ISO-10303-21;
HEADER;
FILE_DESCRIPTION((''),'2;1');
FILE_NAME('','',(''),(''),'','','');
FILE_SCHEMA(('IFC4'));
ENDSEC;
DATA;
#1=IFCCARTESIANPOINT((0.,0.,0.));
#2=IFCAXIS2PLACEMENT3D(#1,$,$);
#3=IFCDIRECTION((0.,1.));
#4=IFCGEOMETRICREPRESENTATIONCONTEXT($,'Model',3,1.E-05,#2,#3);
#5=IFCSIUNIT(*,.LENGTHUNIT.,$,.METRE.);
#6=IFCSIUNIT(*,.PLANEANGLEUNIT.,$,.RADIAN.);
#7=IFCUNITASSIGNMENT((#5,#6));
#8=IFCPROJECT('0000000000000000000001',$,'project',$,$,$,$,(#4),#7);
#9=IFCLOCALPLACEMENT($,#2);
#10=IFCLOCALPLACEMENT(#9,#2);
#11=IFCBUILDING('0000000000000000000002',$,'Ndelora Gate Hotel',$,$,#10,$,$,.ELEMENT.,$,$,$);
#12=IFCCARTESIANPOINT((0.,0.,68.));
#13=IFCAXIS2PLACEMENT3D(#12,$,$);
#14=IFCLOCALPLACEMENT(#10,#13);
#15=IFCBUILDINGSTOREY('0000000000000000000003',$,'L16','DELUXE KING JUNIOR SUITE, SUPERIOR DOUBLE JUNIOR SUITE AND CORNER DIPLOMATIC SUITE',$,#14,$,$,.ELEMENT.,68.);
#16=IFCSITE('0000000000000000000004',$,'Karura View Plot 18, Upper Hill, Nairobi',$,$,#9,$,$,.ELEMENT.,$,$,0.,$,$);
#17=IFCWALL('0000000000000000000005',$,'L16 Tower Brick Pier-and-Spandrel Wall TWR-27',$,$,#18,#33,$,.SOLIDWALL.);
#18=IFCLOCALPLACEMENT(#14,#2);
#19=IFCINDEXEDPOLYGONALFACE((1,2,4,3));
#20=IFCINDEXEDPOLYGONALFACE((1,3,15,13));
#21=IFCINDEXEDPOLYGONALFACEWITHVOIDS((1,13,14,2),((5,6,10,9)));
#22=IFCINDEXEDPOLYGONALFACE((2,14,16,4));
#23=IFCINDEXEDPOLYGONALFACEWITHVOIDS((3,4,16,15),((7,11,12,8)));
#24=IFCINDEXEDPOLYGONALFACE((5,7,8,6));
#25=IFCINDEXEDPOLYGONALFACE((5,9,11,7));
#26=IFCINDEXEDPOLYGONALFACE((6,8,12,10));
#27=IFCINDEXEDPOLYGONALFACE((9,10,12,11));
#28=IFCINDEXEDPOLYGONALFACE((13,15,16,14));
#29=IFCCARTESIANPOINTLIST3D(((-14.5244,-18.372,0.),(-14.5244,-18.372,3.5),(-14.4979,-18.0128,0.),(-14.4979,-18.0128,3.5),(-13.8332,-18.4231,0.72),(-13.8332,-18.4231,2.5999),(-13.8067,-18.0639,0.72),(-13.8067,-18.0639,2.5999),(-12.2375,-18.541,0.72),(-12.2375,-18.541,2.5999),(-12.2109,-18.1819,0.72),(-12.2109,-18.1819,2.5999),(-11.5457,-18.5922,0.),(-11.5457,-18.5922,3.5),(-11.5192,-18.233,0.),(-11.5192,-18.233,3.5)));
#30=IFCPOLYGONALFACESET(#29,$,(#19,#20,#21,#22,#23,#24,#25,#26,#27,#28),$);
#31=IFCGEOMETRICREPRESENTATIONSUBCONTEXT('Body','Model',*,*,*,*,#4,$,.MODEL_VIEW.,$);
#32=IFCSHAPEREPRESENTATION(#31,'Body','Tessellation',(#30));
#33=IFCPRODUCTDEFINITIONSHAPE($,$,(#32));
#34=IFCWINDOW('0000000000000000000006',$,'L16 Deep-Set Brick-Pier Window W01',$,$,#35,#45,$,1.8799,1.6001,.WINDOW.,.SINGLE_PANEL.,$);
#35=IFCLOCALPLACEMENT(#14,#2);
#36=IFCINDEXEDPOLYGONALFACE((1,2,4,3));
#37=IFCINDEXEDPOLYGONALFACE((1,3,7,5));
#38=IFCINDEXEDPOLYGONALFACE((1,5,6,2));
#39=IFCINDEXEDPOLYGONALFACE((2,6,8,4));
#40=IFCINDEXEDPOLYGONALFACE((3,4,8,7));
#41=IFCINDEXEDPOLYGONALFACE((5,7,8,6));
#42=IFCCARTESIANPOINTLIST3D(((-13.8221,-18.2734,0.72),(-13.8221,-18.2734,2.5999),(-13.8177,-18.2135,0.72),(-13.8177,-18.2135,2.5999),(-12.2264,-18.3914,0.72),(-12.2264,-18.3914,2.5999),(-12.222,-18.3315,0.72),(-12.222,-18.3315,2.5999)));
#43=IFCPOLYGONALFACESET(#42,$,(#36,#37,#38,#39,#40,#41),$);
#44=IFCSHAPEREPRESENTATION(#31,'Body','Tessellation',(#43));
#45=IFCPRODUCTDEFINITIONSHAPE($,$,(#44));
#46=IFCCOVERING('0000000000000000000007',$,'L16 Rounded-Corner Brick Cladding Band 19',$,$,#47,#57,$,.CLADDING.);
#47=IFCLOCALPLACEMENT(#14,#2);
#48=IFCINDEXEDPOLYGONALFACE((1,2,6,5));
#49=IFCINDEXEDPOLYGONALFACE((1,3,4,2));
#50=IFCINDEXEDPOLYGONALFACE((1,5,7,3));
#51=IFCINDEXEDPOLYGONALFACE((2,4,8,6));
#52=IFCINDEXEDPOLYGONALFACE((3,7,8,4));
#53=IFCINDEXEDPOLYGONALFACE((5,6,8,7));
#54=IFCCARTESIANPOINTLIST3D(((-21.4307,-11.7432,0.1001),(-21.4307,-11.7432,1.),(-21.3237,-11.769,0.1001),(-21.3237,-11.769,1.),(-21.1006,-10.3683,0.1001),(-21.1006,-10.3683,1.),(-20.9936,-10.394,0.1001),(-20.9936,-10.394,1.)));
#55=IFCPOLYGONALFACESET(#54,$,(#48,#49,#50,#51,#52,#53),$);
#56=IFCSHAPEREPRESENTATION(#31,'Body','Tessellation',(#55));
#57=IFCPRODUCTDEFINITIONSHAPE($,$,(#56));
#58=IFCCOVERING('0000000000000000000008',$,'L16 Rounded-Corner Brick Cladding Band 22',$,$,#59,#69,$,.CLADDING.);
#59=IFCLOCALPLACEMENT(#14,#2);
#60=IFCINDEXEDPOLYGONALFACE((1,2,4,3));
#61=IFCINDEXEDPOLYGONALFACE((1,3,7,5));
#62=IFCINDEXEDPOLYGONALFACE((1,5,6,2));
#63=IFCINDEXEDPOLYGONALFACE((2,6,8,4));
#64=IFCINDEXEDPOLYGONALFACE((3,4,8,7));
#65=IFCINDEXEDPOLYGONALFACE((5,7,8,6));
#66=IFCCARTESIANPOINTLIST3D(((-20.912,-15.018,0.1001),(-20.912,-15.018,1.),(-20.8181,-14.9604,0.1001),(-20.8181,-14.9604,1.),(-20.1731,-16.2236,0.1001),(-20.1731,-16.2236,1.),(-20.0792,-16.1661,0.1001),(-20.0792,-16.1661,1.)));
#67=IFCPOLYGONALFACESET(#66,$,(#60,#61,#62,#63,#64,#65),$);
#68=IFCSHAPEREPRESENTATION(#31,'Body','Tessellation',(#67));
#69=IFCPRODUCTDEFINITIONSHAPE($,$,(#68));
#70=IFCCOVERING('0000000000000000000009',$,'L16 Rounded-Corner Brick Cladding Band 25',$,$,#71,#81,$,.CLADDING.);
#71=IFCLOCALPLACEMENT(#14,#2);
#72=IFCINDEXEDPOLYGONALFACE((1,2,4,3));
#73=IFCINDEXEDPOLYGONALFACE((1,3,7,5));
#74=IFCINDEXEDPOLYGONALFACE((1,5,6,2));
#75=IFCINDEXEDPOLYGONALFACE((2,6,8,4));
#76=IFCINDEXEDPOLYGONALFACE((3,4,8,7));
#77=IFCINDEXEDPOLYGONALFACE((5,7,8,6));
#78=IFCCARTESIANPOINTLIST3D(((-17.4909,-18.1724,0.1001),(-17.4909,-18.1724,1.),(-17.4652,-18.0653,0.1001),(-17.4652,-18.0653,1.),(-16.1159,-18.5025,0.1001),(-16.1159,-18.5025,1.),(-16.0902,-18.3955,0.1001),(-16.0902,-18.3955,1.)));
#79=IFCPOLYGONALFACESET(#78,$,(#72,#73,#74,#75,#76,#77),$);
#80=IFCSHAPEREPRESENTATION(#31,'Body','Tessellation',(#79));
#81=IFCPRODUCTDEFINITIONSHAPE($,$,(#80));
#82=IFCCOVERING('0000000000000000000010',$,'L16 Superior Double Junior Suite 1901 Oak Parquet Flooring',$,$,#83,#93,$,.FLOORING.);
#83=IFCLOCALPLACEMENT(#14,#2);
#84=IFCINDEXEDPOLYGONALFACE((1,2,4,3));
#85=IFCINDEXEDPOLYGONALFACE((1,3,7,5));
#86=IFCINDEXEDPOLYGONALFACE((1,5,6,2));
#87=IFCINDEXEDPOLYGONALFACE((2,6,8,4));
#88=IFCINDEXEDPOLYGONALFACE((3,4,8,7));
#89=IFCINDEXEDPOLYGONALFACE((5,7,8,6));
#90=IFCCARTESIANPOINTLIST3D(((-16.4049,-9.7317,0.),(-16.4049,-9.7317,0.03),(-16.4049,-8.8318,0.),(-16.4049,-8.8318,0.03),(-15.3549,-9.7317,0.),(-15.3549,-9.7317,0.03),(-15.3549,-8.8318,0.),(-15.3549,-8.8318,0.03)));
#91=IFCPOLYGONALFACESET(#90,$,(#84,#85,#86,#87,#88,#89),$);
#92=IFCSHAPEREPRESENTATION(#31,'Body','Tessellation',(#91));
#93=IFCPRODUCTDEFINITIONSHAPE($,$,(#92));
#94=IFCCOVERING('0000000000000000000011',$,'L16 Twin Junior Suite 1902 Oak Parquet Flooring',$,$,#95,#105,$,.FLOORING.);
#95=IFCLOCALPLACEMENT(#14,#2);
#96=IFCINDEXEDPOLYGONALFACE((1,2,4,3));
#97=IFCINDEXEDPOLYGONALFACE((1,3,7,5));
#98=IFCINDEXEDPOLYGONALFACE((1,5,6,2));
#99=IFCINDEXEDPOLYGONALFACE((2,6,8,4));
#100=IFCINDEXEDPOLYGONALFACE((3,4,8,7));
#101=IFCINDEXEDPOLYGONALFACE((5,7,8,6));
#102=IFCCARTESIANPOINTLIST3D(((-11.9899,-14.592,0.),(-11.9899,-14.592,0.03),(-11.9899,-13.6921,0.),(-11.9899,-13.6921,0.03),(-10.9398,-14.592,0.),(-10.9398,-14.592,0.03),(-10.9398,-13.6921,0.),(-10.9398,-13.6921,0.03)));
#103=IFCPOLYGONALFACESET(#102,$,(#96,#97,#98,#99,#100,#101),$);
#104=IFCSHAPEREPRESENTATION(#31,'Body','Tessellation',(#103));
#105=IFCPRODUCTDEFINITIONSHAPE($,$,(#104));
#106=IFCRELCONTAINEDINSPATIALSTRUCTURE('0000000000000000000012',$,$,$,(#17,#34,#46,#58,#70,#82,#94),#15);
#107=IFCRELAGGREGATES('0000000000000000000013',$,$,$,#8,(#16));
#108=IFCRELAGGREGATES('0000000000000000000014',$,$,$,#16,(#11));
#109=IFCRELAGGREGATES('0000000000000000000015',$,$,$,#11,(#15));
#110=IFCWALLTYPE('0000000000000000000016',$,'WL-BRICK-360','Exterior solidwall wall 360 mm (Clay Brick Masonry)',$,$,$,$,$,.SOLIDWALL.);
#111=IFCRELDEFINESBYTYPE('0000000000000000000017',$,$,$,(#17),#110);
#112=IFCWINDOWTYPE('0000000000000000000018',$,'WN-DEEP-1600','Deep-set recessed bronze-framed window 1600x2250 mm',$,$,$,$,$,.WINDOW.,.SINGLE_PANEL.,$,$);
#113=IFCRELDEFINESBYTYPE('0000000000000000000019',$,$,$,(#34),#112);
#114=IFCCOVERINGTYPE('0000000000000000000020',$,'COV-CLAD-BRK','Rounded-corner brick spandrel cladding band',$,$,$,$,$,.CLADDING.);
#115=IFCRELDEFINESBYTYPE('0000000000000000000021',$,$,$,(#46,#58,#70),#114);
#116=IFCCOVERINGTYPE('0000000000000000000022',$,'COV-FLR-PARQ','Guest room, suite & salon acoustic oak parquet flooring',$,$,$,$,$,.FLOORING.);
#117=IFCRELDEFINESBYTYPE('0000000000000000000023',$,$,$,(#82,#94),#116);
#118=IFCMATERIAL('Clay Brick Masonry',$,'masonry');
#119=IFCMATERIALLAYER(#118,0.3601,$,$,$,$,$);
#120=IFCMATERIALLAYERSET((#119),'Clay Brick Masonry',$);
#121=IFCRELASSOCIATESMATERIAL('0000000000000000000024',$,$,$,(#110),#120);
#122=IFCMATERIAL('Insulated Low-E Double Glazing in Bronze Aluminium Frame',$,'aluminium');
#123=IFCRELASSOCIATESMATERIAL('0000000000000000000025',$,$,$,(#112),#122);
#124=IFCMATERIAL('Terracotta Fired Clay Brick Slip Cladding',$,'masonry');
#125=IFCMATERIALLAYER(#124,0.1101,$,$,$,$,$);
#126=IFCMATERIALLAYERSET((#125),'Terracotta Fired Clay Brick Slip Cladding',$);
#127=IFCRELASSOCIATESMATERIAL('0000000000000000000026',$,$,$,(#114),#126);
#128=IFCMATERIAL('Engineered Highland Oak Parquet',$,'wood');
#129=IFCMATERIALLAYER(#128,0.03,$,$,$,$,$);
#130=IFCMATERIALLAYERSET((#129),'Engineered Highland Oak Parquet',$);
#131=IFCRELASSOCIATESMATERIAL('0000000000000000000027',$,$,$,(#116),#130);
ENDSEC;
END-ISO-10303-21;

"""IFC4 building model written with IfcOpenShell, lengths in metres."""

from ifc_helpers import new_model, si_unit, direction, frame, frame_2d, origin, origin_2d, place, context, subcontext, project, spatial, rectangle, extrude, material, layer, layer_set, type_object, element, fill, save


model = new_model("IFC4")

# Units and contexts
model_context = context("Model", 3, precision=1e-05, world=origin(), true_north=direction((0.0, 1.0)))
body_context = subcontext(model_context, "Body", "Model", "MODEL_VIEW")
ifc_project = project(units=[si_unit("LENGTHUNIT", "METRE"), si_unit("PLANEANGLEUNIT", "RADIAN")], contexts=[model_context])

# Site, building, storey
site_placement = place(None, origin())
site = spatial("IfcSite", under=ifc_project, at=site_placement, Name="Karura View Plot 18, Upper Hill, Nairobi", CompositionType="ELEMENT", RefElevation=0.0)
building_placement = place(site_placement, origin())
building = spatial("IfcBuilding", under=site, at=building_placement, Name="Ndelora Gate Hotel", CompositionType="ELEMENT")
storey_placement = place(building_placement, frame((0.0, 0.0, 68.0)))
storey = spatial("IfcBuildingStorey", under=building, at=storey_placement, Name="L16", Description="DELUXE KING JUNIOR SUITE, SUPERIOR DOUBLE JUNIOR SUITE AND CORNER DIPLOMATIC SUITE", CompositionType="ELEMENT", Elevation=68.0)

# Shared definitions
ifc_material_1 = material(Name="Clay Brick Masonry", Category="masonry")
ifc_layer_1 = layer(ifc_material_1, 0.3601)
ifc_layer_set_1 = layer_set([ifc_layer_1], Name="Clay Brick Masonry")
wall_type = type_object("IfcWallType", Name="WL-BRICK-360", Description="Exterior solidwall wall 360 mm (Clay Brick Masonry)", PredefinedType="SOLIDWALL", material=ifc_layer_set_1)
ifc_material_2 = material(Name="Insulated Low-E Double Glazing in Bronze Aluminium Frame", Category="aluminium")
window_type_1 = type_object("IfcWindowType", Name="WN-DEEP-1600", Description="Deep-set recessed bronze-framed window 1600x2250 mm", PartitioningType="SINGLE_PANEL", PredefinedType="WINDOW", material=ifc_material_2)

# Wall, opening, window
wall_1_placement = place(storey_placement, frame((-11.5325, -18.4126, 0.0), z_axis=(0.0, 0.0, 1.0), x_axis=(-0.997278, 0.073727, 0.0)))
wall_1 = element("IfcWall", 1, at=wall_1_placement, inside=storey, type_object=wall_type, Name="L16 Tower Brick Pier-and-Spandrel Wall TWR-27", PredefinedType="SOLIDWALL", context=body_context, shape_type="SweptSolid", body=[
    extrude(rectangle(XDim=2.9868, YDim=0.3601, at=frame_2d((1.4934, 0.0))), origin(), (0.0, 0.0, 1.0), 3.5),
])
opening_1_placement = place(wall_1_placement, frame((0.6936, 0.0, 0.72)))
opening_1 = element("IfcOpeningElement", 2, at=opening_1_placement, cuts=wall_1, PredefinedType="OPENING", context=body_context, shape_type="SweptSolid", body=[
    extrude(rectangle(XDim=1.6001, YDim=1.8799, at=frame_2d((0.8, 0.9399))), frame((0.0, 0.1899, 0.0), z_axis=(0.0, -1.0, 0.0), x_axis=(1.0, 0.0, 0.0)), (0.0, 0.0, 1.0), 0.3801),
])
window_1_placement = place(opening_1_placement, origin())
window_1 = element("IfcWindow", 3, at=window_1_placement, inside=storey, type_object=window_type_1, Name="L16 Deep-Set Brick-Pier Window W01", OverallHeight=1.8799, OverallWidth=1.6001, PartitioningType="SINGLE_PANEL", PredefinedType="WINDOW", context=body_context, shape_type="SweptSolid", body=[
    extrude(rectangle(XDim=1.6001, YDim=1.8799, at=frame_2d((0.8, 0.9399))), frame((0.0, 0.03, 0.0), z_axis=(0.0, -1.0, 0.0), x_axis=(1.0, 0.0, 0.0)), (0.0, 0.0, 1.0), 0.0601),
])
fill(opening_1, window_1)

# Coverings
ifc_material_3 = material(Name="Terracotta Fired Clay Brick Slip Cladding", Category="masonry")
ifc_layer_2 = layer(ifc_material_3, 0.1101)
ifc_layer_set_2 = layer_set([ifc_layer_2], Name="Terracotta Fired Clay Brick Slip Cladding")
covering_type_1 = type_object("IfcCoveringType", Name="COV-CLAD-BRK", Description="Rounded-corner brick spandrel cladding band", PredefinedType="CLADDING", material=ifc_layer_set_2)
for number, where, z_axis, x_axis, name in (
    (4, (-21.2122, -11.0686, 0.1001), (0.0, 0.0, 1.0), (0.233445, 0.97237, 0.0), "L16 Rounded-Corner Brick Cladding Band 19"),
    (5, (-20.4956, -15.592, 0.1001), (0.0, 0.0, 1.0), (-0.522499, 0.85264, 0.0), "L16 Rounded-Corner Brick Cladding Band 22"),
    (6, (-16.7905, -18.2839, 0.1001), (0.0, 0.0, 1.0), (-0.97237, 0.233445, 0.0), "L16 Rounded-Corner Brick Cladding Band 25"),
):
    element("IfcCovering", number, at=place(storey_placement, frame(where, z_axis=z_axis, x_axis=x_axis)), inside=storey, type_object=covering_type_1, Name=name, PredefinedType="CLADDING", context=body_context, shape_type="SweptSolid", body=[
        extrude(rectangle(XDim=1.4141, YDim=0.1101, at=origin_2d()), origin(), (0.0, 0.0, 1.0), 0.8999),
    ])
ifc_material_4 = material(Name="Engineered Highland Oak Parquet", Category="wood")
ifc_layer_3 = layer(ifc_material_4, 0.03)
ifc_layer_set_3 = layer_set([ifc_layer_3], Name="Engineered Highland Oak Parquet")
covering_type_2 = type_object("IfcCoveringType", Name="COV-FLR-PARQ", Description="Guest room, suite & salon acoustic oak parquet flooring", PredefinedType="FLOORING", material=ifc_layer_set_3)
for number, where, z_axis, x_axis, name in (
    (7, (-15.8799, -9.2817, 0.0), (0.0, 0.0, 1.0), (1.0, 0.0, 0.0), "L16 Superior Double Junior Suite 1901 Oak Parquet Flooring"),
    (8, (-11.4648, -14.1421, 0.0), (0.0, 0.0, 1.0), (1.0, 0.0, 0.0), "L16 Twin Junior Suite 1902 Oak Parquet Flooring"),
):
    element("IfcCovering", number, at=place(storey_placement, frame(where, z_axis=z_axis, x_axis=x_axis)), inside=storey, type_object=covering_type_2, Name=name, PredefinedType="FLOORING", context=body_context, shape_type="SweptSolid", body=[
        extrude(rectangle(XDim=1.05, YDim=0.8999, at=origin_2d()), origin(), (0.0, 0.0, 1.0), 0.03),
    ])

save(model, "model.ifc")
